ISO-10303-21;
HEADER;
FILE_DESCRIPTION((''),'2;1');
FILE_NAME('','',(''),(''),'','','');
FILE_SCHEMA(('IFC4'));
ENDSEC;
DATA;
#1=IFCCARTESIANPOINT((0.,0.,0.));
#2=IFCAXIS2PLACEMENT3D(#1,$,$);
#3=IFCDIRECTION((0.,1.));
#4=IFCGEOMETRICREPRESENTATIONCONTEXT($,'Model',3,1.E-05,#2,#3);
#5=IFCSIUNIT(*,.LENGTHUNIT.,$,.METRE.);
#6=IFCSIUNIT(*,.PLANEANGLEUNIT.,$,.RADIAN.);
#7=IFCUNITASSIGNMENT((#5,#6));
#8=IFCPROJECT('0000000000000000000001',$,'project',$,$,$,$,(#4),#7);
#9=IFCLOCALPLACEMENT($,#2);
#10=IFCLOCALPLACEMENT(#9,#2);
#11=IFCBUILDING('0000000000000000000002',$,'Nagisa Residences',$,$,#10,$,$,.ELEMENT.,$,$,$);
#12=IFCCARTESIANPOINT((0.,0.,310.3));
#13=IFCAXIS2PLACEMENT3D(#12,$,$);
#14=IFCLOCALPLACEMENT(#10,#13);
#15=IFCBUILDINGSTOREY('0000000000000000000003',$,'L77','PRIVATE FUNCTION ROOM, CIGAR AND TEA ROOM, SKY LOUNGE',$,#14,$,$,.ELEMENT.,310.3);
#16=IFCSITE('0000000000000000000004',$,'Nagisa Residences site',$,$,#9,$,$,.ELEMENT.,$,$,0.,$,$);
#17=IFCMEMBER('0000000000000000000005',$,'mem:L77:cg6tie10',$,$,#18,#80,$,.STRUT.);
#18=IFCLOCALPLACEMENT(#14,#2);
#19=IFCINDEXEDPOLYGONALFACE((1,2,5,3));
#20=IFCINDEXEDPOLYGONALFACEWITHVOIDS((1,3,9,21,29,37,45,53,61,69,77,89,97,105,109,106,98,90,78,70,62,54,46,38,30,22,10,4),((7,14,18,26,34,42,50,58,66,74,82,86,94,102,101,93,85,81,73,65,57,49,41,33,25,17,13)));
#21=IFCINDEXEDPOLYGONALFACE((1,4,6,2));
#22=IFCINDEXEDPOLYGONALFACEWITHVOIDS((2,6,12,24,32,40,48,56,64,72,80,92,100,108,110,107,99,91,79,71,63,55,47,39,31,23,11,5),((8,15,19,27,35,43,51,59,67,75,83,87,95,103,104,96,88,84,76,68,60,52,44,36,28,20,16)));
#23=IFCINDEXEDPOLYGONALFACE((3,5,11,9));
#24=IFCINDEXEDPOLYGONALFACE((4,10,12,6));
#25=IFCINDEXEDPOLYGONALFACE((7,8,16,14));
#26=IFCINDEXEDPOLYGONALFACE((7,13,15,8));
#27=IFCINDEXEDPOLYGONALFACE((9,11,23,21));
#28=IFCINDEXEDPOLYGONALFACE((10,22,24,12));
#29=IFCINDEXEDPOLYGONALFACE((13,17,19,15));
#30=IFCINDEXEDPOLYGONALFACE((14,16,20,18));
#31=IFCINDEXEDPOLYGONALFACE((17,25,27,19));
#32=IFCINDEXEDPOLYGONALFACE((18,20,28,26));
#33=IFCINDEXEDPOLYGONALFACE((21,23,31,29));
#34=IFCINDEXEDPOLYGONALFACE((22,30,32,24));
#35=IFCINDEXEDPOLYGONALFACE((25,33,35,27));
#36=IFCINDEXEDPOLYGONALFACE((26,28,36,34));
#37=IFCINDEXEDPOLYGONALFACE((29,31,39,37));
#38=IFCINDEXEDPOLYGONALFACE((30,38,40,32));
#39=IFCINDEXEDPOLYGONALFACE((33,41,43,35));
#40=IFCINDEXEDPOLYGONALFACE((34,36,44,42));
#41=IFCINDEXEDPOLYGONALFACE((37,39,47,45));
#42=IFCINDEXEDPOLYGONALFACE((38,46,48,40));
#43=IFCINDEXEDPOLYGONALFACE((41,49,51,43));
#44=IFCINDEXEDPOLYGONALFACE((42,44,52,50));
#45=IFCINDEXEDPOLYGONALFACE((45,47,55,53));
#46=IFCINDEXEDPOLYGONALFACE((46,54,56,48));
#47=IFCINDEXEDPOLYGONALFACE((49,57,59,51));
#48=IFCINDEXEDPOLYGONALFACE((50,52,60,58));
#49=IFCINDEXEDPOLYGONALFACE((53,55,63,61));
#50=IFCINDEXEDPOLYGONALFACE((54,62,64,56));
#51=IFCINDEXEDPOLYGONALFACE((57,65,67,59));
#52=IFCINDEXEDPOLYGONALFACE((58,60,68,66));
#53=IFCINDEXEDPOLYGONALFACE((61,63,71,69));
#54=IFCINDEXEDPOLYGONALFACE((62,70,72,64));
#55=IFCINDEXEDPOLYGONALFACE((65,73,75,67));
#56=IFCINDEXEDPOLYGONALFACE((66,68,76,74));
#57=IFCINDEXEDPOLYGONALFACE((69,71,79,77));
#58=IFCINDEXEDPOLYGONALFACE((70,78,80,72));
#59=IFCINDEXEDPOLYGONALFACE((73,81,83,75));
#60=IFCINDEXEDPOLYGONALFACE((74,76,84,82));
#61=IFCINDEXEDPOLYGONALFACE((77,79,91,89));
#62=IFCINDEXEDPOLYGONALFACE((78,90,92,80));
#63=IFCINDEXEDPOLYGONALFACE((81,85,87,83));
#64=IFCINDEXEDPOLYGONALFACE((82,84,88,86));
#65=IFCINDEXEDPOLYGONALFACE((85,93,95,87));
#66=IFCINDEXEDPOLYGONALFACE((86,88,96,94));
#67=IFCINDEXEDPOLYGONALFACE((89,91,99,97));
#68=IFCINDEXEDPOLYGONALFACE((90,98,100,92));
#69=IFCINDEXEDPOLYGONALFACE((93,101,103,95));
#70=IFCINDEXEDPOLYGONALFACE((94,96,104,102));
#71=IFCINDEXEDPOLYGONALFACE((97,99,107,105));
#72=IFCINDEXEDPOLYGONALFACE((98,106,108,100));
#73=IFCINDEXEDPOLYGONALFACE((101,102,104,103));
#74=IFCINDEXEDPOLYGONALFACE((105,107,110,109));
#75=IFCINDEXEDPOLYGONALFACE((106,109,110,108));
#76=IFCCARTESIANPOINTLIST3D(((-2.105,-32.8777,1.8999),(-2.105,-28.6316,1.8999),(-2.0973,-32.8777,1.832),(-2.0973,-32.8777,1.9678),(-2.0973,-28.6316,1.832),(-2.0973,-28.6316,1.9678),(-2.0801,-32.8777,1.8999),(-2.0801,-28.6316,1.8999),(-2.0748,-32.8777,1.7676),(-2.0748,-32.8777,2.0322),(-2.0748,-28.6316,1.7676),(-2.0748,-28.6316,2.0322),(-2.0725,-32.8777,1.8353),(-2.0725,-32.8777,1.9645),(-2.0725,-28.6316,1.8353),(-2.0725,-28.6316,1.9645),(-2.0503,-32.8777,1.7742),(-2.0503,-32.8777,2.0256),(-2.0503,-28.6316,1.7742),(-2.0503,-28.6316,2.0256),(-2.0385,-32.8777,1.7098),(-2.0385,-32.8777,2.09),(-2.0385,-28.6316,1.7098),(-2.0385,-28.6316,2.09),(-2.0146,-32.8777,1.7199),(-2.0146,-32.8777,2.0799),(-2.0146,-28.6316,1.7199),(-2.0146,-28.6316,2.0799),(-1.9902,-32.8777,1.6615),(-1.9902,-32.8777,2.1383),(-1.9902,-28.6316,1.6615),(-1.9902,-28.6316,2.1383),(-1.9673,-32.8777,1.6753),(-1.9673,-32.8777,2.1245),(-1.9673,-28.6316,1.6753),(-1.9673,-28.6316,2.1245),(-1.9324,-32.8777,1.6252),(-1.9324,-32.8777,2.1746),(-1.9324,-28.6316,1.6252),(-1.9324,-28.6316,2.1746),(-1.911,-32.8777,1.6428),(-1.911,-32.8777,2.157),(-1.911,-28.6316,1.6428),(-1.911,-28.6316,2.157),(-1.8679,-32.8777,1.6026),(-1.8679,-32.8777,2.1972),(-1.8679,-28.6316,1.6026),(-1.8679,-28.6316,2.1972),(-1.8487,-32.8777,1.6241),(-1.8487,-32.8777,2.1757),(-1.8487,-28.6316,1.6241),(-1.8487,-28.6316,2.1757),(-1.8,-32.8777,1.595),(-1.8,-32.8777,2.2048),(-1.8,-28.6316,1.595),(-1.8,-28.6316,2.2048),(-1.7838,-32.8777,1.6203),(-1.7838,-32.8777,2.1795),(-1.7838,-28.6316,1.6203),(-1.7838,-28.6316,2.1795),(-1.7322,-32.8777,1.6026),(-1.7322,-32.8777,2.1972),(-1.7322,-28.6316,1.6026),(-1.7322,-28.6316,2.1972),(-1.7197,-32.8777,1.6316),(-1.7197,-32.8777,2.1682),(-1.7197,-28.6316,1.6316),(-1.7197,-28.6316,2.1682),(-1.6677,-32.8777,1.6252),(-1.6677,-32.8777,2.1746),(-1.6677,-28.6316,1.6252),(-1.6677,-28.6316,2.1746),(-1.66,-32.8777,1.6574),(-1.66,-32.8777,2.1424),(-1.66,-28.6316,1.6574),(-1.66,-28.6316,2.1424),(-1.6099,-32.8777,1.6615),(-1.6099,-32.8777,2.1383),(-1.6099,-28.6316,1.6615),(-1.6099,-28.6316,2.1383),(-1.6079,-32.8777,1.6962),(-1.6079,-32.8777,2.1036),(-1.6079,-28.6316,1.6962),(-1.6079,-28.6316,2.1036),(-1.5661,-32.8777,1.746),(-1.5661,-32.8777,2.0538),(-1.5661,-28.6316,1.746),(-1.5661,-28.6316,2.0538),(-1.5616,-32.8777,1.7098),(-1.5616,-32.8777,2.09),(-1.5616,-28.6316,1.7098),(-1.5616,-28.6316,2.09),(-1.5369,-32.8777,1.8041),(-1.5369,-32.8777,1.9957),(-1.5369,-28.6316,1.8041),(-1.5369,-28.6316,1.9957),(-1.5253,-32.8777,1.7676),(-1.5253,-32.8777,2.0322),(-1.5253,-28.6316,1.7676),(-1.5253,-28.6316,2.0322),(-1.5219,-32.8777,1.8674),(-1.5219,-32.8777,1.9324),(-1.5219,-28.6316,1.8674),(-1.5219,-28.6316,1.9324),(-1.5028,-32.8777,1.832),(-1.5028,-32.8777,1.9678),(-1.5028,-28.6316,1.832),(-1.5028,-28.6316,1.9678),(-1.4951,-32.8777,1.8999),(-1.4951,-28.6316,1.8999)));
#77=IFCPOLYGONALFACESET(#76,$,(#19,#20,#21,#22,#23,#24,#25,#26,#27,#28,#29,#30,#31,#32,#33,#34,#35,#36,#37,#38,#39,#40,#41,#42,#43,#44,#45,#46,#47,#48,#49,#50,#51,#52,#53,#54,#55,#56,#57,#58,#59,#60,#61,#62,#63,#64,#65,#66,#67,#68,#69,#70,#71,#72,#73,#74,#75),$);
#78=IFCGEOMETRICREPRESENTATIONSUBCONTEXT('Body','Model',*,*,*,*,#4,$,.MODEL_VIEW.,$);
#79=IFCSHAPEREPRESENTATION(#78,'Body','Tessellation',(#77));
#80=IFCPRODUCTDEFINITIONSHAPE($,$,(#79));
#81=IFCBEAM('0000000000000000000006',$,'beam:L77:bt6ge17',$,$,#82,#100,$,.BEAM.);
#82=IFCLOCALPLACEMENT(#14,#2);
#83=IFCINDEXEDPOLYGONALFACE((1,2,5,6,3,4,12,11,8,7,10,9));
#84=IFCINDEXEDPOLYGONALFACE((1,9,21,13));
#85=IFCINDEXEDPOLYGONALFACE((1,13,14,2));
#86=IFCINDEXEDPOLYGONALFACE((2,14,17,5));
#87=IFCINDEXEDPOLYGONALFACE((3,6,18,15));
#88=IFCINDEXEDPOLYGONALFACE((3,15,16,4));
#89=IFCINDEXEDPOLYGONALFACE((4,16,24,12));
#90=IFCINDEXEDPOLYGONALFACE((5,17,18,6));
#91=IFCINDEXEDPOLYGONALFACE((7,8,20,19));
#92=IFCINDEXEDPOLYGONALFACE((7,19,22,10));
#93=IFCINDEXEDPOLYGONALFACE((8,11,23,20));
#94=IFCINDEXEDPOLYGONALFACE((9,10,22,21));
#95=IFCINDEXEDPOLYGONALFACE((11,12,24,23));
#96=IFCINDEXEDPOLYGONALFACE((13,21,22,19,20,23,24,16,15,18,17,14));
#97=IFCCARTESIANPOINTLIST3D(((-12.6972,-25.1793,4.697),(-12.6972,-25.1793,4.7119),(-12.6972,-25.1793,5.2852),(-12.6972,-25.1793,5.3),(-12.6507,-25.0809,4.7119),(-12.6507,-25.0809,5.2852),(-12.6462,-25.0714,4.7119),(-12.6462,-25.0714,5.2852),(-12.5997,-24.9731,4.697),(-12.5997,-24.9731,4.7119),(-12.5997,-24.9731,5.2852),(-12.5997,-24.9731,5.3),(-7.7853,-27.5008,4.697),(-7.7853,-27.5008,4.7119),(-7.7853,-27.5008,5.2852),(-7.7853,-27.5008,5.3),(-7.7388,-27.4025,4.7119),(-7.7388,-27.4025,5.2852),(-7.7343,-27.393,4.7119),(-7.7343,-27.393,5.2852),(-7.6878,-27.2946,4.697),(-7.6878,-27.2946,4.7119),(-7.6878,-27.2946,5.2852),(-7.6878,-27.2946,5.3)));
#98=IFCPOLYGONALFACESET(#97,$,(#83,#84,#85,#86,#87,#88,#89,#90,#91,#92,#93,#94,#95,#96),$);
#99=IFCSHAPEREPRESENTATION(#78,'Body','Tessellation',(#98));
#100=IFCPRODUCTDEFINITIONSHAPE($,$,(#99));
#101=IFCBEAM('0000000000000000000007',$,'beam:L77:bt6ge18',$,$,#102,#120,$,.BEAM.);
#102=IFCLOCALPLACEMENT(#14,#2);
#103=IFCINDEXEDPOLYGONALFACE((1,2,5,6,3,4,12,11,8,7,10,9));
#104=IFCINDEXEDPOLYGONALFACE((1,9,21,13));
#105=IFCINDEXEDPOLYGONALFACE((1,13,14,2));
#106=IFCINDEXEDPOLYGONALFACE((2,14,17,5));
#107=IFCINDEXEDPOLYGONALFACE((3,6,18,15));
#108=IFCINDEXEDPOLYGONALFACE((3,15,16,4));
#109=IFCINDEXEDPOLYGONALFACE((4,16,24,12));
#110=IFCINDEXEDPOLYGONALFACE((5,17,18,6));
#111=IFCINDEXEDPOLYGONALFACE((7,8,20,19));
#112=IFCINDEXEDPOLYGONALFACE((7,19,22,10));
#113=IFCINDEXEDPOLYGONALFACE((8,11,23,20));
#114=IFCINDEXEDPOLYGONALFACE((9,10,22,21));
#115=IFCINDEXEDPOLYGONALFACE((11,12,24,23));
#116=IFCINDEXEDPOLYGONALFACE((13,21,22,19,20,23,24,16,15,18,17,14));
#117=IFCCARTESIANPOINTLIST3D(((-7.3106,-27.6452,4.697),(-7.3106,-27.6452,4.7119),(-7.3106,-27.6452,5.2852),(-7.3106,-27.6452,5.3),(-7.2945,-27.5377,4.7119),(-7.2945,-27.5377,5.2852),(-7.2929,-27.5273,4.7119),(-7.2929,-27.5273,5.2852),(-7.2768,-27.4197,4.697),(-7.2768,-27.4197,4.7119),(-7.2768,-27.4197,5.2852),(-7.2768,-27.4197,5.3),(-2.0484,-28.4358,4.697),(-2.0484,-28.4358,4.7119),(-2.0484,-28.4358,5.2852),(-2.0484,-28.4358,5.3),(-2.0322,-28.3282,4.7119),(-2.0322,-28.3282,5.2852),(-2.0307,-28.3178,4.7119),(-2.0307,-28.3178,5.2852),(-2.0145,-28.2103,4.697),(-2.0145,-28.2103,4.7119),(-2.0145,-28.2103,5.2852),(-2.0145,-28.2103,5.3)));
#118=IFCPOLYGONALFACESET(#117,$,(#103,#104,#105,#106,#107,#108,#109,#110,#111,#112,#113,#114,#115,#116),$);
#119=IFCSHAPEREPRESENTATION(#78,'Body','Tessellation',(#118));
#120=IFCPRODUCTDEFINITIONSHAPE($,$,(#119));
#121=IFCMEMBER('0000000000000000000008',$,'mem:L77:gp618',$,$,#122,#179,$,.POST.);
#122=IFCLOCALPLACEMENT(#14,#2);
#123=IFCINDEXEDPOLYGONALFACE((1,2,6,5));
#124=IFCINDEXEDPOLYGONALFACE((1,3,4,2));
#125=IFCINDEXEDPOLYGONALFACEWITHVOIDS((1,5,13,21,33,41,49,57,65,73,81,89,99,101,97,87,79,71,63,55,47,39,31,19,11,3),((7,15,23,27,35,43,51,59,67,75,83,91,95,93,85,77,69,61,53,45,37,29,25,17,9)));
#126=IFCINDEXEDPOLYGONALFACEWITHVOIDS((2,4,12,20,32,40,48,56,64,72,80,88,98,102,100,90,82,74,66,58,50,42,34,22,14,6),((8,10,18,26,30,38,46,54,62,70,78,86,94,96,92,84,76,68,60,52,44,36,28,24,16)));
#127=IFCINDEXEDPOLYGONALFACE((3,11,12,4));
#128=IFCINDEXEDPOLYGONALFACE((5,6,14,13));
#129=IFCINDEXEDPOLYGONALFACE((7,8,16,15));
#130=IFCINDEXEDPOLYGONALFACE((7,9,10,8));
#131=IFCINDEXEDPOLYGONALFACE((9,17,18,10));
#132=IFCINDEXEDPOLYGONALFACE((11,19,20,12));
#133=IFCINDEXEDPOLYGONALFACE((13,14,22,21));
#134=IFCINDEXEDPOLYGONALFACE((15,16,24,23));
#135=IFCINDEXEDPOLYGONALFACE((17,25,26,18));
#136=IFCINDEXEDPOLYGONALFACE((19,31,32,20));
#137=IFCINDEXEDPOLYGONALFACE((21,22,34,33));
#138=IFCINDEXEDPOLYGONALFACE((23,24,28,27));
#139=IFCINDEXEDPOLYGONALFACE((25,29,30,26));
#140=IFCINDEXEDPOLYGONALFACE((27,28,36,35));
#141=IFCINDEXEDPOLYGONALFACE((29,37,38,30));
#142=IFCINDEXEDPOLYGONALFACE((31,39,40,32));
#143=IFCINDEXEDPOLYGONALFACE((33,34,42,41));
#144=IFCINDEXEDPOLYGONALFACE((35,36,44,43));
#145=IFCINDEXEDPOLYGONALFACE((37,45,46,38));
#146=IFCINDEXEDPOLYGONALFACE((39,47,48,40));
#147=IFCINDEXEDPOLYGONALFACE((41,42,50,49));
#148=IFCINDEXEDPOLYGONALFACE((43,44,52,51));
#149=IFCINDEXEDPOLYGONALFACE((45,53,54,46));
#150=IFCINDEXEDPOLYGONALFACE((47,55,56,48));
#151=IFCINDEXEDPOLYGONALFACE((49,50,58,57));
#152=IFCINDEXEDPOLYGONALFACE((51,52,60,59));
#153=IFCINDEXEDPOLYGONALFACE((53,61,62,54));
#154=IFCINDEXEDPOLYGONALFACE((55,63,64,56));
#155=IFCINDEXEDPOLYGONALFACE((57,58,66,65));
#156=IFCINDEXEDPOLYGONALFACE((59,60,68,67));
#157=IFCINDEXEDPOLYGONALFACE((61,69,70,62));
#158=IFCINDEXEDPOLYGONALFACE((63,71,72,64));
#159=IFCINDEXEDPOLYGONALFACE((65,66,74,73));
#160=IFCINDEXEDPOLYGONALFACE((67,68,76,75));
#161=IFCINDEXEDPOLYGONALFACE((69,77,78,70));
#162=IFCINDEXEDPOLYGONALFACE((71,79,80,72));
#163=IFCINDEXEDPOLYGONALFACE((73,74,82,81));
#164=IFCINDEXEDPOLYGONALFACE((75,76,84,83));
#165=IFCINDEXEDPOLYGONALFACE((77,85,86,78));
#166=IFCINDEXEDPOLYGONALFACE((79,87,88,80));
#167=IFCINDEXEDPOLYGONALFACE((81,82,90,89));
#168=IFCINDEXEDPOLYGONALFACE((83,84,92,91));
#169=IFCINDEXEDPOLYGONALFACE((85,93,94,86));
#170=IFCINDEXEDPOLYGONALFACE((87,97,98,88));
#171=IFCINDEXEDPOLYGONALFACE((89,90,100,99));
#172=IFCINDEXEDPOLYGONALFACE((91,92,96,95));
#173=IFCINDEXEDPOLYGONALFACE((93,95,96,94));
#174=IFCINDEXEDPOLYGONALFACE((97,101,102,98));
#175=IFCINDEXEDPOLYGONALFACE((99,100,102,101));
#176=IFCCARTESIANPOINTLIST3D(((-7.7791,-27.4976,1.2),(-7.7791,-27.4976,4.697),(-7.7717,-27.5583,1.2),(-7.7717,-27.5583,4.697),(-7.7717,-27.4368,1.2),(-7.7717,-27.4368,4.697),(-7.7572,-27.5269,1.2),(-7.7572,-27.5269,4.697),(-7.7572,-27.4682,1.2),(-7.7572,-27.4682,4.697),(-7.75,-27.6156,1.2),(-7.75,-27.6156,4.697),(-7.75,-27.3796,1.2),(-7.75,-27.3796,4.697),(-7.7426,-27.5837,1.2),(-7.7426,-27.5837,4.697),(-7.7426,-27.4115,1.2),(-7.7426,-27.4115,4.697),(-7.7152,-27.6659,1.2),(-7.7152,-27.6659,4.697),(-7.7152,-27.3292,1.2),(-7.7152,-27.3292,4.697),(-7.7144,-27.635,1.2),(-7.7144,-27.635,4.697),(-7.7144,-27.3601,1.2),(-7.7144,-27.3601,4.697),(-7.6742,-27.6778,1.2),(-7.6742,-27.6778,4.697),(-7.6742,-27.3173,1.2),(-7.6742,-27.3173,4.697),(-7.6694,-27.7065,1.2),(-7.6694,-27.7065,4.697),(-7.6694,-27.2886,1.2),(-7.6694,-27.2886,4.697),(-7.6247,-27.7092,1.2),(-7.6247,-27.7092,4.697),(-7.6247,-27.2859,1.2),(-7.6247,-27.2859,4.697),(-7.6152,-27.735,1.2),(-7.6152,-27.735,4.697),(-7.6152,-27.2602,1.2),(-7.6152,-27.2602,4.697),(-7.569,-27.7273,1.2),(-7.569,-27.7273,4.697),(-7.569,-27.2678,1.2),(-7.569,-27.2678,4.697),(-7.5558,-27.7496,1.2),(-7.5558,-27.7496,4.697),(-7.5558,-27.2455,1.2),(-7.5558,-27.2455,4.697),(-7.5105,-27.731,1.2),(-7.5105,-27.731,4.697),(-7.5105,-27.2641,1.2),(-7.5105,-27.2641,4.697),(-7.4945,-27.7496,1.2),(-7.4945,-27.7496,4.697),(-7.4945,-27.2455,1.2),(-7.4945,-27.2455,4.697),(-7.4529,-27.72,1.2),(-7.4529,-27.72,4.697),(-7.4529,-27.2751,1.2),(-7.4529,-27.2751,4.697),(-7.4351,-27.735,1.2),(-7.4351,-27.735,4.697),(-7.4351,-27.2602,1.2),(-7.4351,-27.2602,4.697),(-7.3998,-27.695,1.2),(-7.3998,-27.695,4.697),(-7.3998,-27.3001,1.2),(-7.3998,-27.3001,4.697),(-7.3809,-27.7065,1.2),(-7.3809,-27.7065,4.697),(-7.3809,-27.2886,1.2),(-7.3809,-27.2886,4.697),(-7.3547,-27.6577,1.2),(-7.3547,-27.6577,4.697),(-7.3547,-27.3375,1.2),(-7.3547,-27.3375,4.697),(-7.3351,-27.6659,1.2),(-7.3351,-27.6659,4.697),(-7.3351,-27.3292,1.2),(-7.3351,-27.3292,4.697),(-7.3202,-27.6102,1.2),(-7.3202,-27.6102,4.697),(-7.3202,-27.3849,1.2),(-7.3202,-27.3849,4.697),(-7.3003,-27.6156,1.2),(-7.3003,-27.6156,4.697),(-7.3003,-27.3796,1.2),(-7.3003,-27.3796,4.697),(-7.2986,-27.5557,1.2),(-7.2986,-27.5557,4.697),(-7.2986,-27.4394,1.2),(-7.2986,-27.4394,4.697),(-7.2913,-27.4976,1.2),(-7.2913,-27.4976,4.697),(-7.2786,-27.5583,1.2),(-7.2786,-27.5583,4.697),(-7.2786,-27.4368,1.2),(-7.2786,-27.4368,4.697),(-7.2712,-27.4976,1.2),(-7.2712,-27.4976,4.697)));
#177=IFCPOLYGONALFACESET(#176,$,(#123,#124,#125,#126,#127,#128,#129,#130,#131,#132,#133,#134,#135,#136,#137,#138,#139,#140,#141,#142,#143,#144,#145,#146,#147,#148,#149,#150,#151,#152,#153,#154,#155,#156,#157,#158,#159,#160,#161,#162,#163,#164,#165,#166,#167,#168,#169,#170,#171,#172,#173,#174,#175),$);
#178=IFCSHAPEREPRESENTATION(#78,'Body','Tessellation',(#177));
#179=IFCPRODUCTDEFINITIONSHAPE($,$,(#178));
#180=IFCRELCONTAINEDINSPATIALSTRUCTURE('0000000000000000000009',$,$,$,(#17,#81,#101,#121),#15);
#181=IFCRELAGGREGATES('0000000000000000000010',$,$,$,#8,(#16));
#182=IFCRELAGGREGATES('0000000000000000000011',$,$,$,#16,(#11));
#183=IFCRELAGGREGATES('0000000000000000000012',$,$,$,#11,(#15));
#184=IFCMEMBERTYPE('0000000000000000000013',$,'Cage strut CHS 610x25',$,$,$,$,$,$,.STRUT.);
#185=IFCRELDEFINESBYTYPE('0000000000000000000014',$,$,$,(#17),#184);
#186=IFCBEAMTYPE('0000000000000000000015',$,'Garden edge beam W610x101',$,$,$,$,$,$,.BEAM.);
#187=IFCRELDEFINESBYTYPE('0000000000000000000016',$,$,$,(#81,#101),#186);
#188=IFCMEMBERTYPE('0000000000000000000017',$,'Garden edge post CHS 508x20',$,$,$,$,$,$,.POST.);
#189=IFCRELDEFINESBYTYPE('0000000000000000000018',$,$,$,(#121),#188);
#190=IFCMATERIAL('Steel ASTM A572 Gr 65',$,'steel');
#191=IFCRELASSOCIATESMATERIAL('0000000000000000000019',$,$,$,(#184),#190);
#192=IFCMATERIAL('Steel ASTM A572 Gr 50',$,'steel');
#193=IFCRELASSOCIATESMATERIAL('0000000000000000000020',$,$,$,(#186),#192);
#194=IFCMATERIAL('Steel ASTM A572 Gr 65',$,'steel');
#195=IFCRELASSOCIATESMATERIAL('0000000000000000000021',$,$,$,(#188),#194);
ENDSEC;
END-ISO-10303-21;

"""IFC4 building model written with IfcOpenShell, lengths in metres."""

from ifc_helpers import new_model, si_unit, direction, frame, origin, origin_2d, place, context, subcontext, project, spatial, hollow_circle, i_section, extrude, material, material_profile, profile_set, type_object, element, save


model = new_model("IFC4")

# Units and contexts
model_context = context("Model", 3, precision=1e-05, world=origin(), true_north=direction((0.0, 1.0)))
body_context = subcontext(model_context, "Body", "Model", "MODEL_VIEW")
ifc_project = project(units=[si_unit("LENGTHUNIT", "METRE"), si_unit("PLANEANGLEUNIT", "RADIAN")], contexts=[model_context])

# Site, building, storey
site_placement = place(None, origin())
site = spatial("IfcSite", under=ifc_project, at=site_placement, Name="Nagisa Residences site", CompositionType="ELEMENT", RefElevation=0.0)
building_placement = place(site_placement, origin())
building = spatial("IfcBuilding", under=site, at=building_placement, Name="Nagisa Residences", CompositionType="ELEMENT")
storey_placement = place(building_placement, frame((0.0, 0.0, 310.3)))
storey = spatial("IfcBuildingStorey", under=building, at=storey_placement, Name="L77", Description="PRIVATE FUNCTION ROOM, CIGAR AND TEA ROOM, SKY LOUNGE", CompositionType="ELEMENT", Elevation=310.3)

# Member
ifc_material_1 = material(Name="Steel ASTM A572 Gr 65", Category="steel")
ifc_material_profile_1 = material_profile(ifc_material_1, hollow_circle(Radius=0.3049, WallThickness=0.0249, at=origin_2d()), Name="CHS 610x25")
ifc_profile_set_1 = profile_set([ifc_material_profile_1], Name="Steel ASTM A572 Gr 65")
member_type_1 = type_object("IfcMemberType", Name="Cage strut CHS 610x25", PredefinedType="STRUT", material=ifc_profile_set_1)
member_1_placement = place(storey_placement, frame((-1.8, -32.8777, 1.8999), z_axis=(0.0, 1.0, 0.0), x_axis=(-1.0, 0.0, 0.0)))
element("IfcMember", 1, at=member_1_placement, inside=storey, type_object=member_type_1, Name="mem:L77:cg6tie10", PredefinedType="STRUT", context=body_context, shape_type="SweptSolid", body=[
    extrude(hollow_circle(Radius=0.3049, WallThickness=0.0249, at=origin_2d()), origin(), (0.0, 0.0, 1.0), 4.2461),
])

# Beams
ifc_material_2 = material(Name="Steel ASTM A572 Gr 50", Category="steel")
ifc_material_profile_2 = material_profile(ifc_material_2, i_section(OverallWidth=0.228, OverallDepth=0.603, WebThickness=0.0105, FlangeThickness=0.0149, at=origin_2d()), Name="W610x101")
ifc_profile_set_2 = profile_set([ifc_material_profile_2], Name="Steel ASTM A572 Gr 50")
beam_type_1 = type_object("IfcBeamType", Name="Garden edge beam W610x101", PredefinedType="BEAM", material=ifc_profile_set_2)
beam_1_placement = place(storey_placement, frame((-12.6484, -25.0762, 4.9985), z_axis=(0.904104, -0.427314, 0.0), x_axis=(0.427314, 0.904104, 0.0)))
element("IfcBeam", 2, at=beam_1_placement, inside=storey, type_object=beam_type_1, Name="beam:L77:bt6ge17", PredefinedType="BEAM", context=body_context, shape_type="SweptSolid", body=[
    extrude(i_section(OverallWidth=0.228, OverallDepth=0.603, WebThickness=0.0105, FlangeThickness=0.0149, at=origin_2d()), origin(), (0.0, 0.0, 1.0), 5.4329),
])
beam_2_placement = place(storey_placement, frame((-7.2937, -27.5325, 4.9985), z_axis=(0.988903, -0.14856, 0.0), x_axis=(0.14856, 0.988903, 0.0)))
element("IfcBeam", 3, at=beam_2_placement, inside=storey, type_object=beam_type_1, Name="beam:L77:bt6ge18", PredefinedType="BEAM", context=body_context, shape_type="SweptSolid", body=[
    extrude(i_section(OverallWidth=0.228, OverallDepth=0.603, WebThickness=0.0105, FlangeThickness=0.0149, at=origin_2d()), origin(), (0.0, 0.0, 1.0), 5.3213),
])

# Member
ifc_material_3 = material(Name="Steel ASTM A572 Gr 65", Category="steel")
ifc_material_profile_3 = material_profile(ifc_material_3, hollow_circle(Radius=0.2539, WallThickness=0.02, at=origin_2d()), Name="CHS 508x20")
ifc_profile_set_3 = profile_set([ifc_material_profile_3], Name="Steel ASTM A572 Gr 65")
member_type_2 = type_object("IfcMemberType", Name="Garden edge post CHS 508x20", PredefinedType="POST", material=ifc_profile_set_3)
for number, where, z_axis, x_axis, name in (
    (4, (-7.5251, -27.4976, 1.2), (0.0, 0.0, 1.0), (1.0, 0.0, 0.0), "mem:L77:gp618"),
):
    element("IfcMember", number, at=place(storey_placement, frame(where, z_axis=z_axis, x_axis=x_axis)), inside=storey, type_object=member_type_2, Name=name, PredefinedType="POST", context=body_context, shape_type="SweptSolid", body=[
        extrude(hollow_circle(Radius=0.2539, WallThickness=0.02, at=origin_2d()), origin(), (0.0, 0.0, 1.0), 3.4971),
    ])

save(model, "model.ifc")
